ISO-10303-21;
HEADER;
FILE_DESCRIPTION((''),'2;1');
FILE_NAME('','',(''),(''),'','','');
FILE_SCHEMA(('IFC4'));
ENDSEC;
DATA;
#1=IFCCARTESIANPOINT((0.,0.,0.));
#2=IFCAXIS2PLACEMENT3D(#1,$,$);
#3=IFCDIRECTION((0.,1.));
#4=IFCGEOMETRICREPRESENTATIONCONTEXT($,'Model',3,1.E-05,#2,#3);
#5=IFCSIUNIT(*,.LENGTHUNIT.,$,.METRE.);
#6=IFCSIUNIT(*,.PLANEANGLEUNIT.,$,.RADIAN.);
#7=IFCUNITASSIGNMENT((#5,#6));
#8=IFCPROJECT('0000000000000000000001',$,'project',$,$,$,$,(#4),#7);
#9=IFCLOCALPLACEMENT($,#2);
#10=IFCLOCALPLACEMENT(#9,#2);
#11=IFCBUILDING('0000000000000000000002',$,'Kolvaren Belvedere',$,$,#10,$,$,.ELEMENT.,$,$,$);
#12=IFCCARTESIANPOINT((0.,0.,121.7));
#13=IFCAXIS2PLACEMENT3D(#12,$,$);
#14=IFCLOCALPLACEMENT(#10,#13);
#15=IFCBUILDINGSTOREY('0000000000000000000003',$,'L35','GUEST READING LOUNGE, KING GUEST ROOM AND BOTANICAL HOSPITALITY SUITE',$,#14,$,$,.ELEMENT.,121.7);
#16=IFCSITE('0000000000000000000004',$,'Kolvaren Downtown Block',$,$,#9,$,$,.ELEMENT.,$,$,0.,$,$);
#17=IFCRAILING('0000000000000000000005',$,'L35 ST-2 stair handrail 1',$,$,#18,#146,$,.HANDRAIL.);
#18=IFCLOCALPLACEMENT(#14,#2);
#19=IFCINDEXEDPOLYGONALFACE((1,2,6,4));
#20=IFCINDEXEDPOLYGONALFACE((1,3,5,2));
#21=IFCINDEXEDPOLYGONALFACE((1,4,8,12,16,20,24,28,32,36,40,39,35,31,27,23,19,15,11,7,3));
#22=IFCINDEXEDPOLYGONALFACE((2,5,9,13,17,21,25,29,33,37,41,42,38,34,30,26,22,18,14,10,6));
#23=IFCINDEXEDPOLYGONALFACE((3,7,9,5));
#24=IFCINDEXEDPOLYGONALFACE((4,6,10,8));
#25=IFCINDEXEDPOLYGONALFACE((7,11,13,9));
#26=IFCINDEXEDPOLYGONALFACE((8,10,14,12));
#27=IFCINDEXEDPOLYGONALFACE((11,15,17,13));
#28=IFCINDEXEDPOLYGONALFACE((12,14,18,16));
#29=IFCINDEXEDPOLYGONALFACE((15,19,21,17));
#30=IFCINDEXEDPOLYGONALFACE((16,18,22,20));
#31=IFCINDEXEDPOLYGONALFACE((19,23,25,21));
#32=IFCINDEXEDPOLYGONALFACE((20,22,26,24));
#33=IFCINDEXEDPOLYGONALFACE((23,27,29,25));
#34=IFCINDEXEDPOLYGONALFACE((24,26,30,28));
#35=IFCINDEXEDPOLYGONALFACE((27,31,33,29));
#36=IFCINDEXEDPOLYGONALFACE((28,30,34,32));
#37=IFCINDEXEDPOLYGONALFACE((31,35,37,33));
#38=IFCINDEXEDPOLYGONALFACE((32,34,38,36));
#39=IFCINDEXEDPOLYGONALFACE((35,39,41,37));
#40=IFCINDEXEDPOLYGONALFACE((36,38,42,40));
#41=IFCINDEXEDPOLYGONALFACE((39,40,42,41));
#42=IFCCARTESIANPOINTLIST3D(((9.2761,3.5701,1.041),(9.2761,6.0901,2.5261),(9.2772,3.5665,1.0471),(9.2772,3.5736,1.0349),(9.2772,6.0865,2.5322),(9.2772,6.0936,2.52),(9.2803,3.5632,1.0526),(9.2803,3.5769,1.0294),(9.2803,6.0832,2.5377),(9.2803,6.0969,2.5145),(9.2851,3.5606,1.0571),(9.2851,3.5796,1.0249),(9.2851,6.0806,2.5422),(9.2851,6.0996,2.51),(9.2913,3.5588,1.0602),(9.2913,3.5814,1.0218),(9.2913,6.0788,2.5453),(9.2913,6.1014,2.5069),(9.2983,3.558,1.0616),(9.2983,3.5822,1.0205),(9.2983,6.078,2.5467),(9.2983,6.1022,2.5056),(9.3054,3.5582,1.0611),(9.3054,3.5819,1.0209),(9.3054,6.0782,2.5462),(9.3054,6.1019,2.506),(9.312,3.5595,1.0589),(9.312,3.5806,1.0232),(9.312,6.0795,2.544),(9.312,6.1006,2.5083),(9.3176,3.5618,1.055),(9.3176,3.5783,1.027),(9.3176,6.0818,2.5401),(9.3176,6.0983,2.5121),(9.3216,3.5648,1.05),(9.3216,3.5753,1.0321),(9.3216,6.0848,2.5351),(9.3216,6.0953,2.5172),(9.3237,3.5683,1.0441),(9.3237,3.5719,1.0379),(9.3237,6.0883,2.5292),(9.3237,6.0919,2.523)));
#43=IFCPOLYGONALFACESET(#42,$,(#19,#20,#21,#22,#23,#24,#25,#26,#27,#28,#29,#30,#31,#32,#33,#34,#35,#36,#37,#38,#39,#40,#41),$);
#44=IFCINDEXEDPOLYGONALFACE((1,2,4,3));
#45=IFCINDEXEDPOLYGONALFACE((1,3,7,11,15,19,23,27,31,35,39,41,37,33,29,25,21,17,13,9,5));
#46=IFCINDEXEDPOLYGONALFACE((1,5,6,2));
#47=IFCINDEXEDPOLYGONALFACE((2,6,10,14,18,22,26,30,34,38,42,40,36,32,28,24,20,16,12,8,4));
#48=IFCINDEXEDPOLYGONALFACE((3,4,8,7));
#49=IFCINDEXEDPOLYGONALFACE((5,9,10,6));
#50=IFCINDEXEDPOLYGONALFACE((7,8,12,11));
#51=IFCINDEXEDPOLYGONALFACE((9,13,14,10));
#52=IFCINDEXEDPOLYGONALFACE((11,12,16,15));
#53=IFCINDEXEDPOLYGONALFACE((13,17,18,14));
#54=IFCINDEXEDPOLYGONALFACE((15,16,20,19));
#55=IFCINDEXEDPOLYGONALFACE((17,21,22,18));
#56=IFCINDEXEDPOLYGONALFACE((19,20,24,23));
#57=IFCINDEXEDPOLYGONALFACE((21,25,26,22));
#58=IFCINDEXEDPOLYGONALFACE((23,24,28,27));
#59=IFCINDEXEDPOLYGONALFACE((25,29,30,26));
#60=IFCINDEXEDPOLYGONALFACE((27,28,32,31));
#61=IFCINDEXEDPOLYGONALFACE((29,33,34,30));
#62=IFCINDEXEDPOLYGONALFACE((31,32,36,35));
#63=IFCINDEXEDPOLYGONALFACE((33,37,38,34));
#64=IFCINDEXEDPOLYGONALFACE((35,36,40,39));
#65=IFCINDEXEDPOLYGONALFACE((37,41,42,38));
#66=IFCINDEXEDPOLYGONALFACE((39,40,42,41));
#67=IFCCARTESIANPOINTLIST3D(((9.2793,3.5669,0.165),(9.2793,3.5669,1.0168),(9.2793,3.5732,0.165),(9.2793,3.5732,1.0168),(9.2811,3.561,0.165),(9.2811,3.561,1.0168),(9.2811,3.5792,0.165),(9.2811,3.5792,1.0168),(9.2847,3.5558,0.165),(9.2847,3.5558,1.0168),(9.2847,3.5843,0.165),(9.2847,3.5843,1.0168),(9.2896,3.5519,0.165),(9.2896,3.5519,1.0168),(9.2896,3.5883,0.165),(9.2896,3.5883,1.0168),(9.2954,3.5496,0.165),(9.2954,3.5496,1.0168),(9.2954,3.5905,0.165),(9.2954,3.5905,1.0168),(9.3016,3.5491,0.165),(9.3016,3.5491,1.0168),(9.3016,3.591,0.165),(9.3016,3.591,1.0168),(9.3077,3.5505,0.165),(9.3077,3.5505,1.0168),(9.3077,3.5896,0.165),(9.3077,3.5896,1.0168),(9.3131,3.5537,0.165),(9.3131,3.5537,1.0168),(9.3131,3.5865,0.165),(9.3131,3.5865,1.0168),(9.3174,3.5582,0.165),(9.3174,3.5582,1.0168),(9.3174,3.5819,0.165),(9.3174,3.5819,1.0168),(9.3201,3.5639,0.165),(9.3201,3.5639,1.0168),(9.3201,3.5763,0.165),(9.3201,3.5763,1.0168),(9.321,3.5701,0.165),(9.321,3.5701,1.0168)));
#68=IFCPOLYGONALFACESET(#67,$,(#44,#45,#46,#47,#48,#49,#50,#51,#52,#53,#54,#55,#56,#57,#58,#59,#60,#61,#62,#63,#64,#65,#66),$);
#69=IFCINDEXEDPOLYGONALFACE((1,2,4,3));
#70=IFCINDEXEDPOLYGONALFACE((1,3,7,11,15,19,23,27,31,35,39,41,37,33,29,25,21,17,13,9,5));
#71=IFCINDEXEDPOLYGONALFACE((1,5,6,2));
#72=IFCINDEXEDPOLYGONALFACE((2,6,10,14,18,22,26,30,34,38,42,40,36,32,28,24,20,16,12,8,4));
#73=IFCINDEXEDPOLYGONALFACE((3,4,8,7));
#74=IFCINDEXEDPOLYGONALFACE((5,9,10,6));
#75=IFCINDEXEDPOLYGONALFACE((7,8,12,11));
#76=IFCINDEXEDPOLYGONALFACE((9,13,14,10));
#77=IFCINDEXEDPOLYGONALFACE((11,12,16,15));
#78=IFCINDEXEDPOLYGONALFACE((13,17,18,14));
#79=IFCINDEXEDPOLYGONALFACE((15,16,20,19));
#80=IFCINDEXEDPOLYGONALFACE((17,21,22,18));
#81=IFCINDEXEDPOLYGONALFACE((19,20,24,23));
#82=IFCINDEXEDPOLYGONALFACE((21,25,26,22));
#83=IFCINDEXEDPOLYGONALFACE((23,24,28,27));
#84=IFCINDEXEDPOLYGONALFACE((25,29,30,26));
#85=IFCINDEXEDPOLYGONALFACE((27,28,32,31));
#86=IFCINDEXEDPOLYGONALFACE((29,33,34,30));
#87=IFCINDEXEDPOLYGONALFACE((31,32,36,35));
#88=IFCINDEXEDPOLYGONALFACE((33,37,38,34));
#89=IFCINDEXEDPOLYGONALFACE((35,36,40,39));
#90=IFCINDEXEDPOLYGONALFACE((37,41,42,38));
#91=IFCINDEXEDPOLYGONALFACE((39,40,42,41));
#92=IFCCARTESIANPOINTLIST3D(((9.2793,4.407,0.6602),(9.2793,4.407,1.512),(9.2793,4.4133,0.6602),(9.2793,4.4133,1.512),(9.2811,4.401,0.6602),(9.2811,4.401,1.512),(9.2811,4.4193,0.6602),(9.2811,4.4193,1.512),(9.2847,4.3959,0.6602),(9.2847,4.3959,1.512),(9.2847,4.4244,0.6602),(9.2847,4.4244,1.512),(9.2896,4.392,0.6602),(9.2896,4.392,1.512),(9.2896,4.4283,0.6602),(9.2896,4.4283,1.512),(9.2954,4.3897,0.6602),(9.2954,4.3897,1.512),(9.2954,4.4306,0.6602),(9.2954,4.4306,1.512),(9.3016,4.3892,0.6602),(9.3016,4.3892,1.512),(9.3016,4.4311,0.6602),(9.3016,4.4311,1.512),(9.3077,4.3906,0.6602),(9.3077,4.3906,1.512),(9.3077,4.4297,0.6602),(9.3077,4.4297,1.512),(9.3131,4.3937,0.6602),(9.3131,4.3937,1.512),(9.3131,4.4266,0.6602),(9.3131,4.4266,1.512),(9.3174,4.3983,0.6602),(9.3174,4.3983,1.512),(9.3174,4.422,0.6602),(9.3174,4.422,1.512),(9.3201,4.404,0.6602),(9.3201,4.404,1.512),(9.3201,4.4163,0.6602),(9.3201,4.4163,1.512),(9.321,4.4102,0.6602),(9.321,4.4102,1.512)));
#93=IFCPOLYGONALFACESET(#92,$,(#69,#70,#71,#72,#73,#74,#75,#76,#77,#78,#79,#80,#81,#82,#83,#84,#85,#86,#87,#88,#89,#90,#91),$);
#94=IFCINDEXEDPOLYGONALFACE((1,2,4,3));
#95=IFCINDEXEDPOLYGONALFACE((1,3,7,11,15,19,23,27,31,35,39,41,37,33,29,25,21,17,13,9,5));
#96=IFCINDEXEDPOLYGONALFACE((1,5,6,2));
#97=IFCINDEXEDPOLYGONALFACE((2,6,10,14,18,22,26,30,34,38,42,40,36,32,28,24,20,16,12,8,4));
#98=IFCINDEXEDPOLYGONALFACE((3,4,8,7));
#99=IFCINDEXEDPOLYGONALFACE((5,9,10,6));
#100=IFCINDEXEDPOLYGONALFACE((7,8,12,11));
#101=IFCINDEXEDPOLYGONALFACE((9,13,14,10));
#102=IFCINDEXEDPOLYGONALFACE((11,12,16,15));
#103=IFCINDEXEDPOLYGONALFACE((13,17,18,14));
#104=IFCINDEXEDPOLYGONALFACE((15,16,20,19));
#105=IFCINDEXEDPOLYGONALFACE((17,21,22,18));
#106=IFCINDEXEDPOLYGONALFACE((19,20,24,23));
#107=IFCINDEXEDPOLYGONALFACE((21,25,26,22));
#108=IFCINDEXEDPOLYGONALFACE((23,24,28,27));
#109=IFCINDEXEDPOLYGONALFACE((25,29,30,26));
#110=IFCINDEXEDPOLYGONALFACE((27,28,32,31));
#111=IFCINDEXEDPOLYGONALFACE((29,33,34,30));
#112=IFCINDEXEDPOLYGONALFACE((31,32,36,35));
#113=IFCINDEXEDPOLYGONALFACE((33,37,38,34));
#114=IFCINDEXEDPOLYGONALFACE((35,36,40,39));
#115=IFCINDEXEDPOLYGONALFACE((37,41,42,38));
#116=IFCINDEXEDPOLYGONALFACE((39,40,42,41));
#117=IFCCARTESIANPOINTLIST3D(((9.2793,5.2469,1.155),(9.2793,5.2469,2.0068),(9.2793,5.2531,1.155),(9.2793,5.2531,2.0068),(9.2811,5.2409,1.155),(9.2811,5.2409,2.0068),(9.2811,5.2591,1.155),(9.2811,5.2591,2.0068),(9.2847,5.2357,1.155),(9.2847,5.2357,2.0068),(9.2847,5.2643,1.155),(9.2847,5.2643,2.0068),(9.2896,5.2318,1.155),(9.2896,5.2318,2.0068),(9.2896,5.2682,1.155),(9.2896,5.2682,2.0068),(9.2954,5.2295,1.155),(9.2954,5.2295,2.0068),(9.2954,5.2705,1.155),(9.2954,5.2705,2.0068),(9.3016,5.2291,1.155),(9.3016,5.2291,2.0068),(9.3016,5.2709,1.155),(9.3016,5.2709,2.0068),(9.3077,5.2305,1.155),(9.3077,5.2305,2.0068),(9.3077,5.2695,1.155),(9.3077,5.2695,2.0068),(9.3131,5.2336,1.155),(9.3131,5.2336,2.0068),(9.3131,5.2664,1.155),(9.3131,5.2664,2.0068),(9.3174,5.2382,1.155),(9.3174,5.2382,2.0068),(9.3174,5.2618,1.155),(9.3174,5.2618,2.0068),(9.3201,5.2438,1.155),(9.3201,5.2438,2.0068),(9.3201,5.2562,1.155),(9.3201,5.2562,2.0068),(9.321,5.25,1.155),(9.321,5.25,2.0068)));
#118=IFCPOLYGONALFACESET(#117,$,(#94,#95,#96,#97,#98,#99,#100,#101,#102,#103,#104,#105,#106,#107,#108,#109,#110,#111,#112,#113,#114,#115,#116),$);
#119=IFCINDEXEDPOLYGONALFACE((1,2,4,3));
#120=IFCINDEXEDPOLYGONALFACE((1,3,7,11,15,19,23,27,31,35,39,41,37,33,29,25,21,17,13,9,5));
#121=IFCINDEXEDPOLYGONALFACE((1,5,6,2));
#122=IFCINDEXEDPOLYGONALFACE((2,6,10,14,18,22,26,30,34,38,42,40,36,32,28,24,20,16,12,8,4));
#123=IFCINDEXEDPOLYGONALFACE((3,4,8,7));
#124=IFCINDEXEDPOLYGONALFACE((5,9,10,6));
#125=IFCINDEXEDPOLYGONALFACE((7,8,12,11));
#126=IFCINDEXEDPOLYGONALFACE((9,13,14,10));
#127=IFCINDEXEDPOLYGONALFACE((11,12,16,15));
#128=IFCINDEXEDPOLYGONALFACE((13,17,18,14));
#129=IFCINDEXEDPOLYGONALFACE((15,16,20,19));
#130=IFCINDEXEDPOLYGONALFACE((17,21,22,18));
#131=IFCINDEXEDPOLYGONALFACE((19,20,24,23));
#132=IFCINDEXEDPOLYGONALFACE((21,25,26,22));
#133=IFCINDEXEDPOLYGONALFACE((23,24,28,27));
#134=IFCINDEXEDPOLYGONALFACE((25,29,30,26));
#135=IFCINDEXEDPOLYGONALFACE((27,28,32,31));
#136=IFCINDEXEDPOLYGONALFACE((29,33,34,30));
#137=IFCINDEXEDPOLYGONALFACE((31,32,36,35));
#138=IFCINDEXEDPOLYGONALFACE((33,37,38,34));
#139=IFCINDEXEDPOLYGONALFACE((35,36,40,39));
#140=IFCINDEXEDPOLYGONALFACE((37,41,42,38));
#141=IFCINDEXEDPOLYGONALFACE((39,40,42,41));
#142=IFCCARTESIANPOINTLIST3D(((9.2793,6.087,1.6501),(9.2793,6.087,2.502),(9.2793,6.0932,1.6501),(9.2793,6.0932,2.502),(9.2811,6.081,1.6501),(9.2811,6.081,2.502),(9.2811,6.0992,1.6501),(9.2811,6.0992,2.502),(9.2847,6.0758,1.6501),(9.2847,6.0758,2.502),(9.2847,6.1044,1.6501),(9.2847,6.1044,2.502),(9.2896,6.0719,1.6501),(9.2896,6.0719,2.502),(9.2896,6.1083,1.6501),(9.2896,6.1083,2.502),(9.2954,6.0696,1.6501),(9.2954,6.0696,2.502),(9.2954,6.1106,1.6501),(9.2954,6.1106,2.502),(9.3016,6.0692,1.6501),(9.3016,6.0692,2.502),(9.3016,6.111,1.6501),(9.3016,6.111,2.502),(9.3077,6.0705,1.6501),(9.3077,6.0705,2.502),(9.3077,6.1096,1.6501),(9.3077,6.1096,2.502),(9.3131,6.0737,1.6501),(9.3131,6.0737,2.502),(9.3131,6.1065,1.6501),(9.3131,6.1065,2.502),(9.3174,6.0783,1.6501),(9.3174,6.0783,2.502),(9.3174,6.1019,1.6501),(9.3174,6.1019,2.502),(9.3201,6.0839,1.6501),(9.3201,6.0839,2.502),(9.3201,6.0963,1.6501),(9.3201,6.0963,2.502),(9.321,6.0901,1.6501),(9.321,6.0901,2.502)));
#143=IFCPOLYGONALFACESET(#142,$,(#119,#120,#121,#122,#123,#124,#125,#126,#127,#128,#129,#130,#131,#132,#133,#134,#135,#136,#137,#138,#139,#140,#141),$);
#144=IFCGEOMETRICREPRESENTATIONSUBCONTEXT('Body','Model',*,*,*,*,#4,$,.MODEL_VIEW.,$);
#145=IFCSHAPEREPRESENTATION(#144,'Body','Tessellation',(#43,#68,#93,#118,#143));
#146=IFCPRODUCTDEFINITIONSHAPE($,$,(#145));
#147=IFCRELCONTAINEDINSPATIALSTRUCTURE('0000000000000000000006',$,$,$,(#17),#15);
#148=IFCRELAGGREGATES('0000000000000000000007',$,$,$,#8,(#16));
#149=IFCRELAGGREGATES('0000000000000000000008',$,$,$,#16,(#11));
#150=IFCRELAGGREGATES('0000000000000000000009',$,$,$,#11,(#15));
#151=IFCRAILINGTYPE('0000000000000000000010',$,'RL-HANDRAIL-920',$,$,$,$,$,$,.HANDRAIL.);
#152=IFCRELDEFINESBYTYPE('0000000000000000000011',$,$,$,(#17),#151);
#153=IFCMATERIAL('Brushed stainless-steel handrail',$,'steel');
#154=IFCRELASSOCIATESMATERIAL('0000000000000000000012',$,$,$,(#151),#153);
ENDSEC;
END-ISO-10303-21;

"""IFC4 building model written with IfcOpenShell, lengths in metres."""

from ifc_helpers import new_model, si_unit, direction, frame, origin, origin_2d, place, context, subcontext, project, spatial, circle, extrude, material, type_object, element, save


model = new_model("IFC4")

# Units and contexts
model_context = context("Model", 3, precision=1e-05, world=origin(), true_north=direction((0.0, 1.0)))
body_context = subcontext(model_context, "Body", "Model", "MODEL_VIEW")
ifc_project = project(units=[si_unit("LENGTHUNIT", "METRE"), si_unit("PLANEANGLEUNIT", "RADIAN")], contexts=[model_context])

# Site, building, storey
site_placement = place(None, origin())
site = spatial("IfcSite", under=ifc_project, at=site_placement, Name="Kolvaren Downtown Block", CompositionType="ELEMENT", RefElevation=0.0)
building_placement = place(site_placement, origin())
building = spatial("IfcBuilding", under=site, at=building_placement, Name="Kolvaren Belvedere", CompositionType="ELEMENT")
storey_placement = place(building_placement, frame((0.0, 0.0, 121.7)))
storey = spatial("IfcBuildingStorey", under=building, at=storey_placement, Name="L35", Description="GUEST READING LOUNGE, KING GUEST ROOM AND BOTANICAL HOSPITALITY SUITE", CompositionType="ELEMENT", Elevation=121.7)

# Railing
ifc_material_1 = material(Name="Brushed stainless-steel handrail", Category="steel")
railing_type_1 = type_object("IfcRailingType", Name="RL-HANDRAIL-920", PredefinedType="HANDRAIL", material=ifc_material_1)
railing_1_placement = place(storey_placement, frame((9.3, 3.5701, 0.165)))
element("IfcRailing", 1, at=railing_1_placement, inside=storey, type_object=railing_type_1, Name="L35 ST-2 stair handrail 1", PredefinedType="HANDRAIL", context=body_context, shape_type="SweptSolid", body=[
    extrude(circle(Radius=0.0239, at=origin_2d()), frame((0.0, 0.0, 0.876), z_axis=(0.0, 0.861524, 0.507717), x_axis=(-1.0, 0.0, 0.0)), (0.0, 0.0, 1.0), 2.925),
    extrude(circle(Radius=0.021, at=origin_2d()), origin(), (0.0, 0.0, 1.0), 0.8518),
    extrude(circle(Radius=0.021, at=origin_2d()), frame((0.0, 0.8401, 0.4951)), (0.0, 0.0, 1.0), 0.8518),
    extrude(circle(Radius=0.021, at=origin_2d()), frame((0.0, 1.6799, 0.99)), (0.0, 0.0, 1.0), 0.8518),
    extrude(circle(Radius=0.021, at=origin_2d()), frame((0.0, 2.52, 1.4851)), (0.0, 0.0, 1.0), 0.8518),
])

save(model, "model.ifc")
